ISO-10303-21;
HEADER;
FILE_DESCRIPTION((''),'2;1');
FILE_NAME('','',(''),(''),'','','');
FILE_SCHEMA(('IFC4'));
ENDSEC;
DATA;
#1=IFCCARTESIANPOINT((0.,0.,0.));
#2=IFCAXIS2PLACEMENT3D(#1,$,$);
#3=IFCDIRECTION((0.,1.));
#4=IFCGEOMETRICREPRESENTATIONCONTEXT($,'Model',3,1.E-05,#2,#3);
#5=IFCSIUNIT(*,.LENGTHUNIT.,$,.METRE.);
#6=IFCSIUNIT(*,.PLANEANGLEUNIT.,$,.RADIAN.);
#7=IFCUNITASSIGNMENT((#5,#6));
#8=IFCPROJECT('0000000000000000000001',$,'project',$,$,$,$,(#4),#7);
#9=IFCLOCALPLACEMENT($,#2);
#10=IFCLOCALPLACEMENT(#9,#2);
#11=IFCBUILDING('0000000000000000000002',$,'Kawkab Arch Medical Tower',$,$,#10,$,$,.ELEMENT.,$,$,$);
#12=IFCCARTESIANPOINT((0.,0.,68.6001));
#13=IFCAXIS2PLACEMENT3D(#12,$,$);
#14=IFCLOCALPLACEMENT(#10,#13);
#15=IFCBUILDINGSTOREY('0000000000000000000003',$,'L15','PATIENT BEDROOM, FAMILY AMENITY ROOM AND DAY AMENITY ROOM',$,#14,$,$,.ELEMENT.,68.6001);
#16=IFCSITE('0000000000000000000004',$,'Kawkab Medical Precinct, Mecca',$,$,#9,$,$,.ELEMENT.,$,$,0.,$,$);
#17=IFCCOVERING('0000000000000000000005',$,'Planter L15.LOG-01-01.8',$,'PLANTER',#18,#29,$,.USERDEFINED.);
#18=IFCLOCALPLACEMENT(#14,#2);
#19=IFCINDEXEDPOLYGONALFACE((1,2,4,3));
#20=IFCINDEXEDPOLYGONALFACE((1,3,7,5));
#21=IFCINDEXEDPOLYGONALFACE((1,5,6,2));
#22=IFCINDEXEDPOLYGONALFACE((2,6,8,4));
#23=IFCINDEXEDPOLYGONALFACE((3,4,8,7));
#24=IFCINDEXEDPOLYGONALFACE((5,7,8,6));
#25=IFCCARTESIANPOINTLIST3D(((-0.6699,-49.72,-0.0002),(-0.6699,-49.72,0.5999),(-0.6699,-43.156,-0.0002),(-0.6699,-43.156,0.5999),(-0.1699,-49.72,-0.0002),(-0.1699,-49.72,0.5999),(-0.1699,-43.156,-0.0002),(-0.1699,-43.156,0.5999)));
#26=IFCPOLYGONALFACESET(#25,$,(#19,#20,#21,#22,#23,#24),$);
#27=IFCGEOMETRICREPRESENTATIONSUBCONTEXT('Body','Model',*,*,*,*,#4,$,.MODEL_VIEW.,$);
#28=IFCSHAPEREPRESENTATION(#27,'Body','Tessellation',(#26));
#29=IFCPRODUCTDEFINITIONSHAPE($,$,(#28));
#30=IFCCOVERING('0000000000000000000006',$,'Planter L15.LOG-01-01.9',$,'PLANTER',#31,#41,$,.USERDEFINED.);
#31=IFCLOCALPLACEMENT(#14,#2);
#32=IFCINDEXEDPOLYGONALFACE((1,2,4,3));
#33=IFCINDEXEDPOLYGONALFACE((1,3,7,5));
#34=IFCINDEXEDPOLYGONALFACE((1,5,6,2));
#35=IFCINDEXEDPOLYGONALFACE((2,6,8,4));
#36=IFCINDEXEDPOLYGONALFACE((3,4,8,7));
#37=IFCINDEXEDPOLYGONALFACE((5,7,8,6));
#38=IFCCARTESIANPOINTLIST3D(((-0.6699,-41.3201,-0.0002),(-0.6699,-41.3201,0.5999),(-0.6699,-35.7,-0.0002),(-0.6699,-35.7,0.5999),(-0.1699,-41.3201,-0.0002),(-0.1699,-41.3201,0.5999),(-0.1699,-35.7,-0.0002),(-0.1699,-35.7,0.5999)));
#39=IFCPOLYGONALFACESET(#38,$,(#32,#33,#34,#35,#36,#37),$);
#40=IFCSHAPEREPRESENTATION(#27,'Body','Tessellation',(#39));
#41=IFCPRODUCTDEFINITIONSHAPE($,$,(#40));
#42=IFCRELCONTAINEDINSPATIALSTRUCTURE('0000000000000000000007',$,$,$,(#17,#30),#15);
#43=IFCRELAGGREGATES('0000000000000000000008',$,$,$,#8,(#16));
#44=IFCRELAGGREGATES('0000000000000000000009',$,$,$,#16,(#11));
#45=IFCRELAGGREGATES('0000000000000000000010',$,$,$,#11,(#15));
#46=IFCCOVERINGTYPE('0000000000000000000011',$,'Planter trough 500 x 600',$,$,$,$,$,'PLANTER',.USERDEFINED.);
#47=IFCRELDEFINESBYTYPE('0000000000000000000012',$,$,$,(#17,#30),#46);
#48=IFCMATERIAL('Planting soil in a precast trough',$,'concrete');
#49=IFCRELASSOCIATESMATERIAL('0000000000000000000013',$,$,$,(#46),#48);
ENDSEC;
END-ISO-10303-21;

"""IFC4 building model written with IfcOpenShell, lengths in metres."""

from ifc_helpers import new_model, si_unit, direction, frame, origin, origin_2d, place, context, subcontext, project, spatial, rectangle, extrude, material, material_profile, profile_set, type_object, element, save


model = new_model("IFC4")

# Units and contexts
model_context = context("Model", 3, precision=1e-05, world=origin(), true_north=direction((0.0, 1.0)))
body_context = subcontext(model_context, "Body", "Model", "MODEL_VIEW")
ifc_project = project(units=[si_unit("LENGTHUNIT", "METRE"), si_unit("PLANEANGLEUNIT", "RADIAN")], contexts=[model_context])

# Site, building, storey
site_placement = place(None, origin())
site = spatial("IfcSite", under=ifc_project, at=site_placement, Name="Kawkab Medical Precinct, Mecca", CompositionType="ELEMENT", RefElevation=0.0)
building_placement = place(site_placement, origin())
building = spatial("IfcBuilding", under=site, at=building_placement, Name="Kawkab Arch Medical Tower", CompositionType="ELEMENT")
storey_placement = place(building_placement, frame((0.0, 0.0, 68.6001)))
storey = spatial("IfcBuildingStorey", under=building, at=storey_placement, Name="L15", Description="PATIENT BEDROOM, FAMILY AMENITY ROOM AND DAY AMENITY ROOM", CompositionType="ELEMENT", Elevation=68.6001)

# Coverings
ifc_material_1 = material(Name="Planting soil in a precast trough", Category="concrete")
ifc_material_profile_1 = material_profile(ifc_material_1, rectangle(XDim=0.5, YDim=0.6001, at=origin_2d()), Name="Trough 500x600")
ifc_profile_set_1 = profile_set([ifc_material_profile_1], Name="Planting soil in a precast trough")
covering_type = type_object("IfcCoveringType", Name="Planter trough 500 x 600", ElementType="PLANTER", PredefinedType="USERDEFINED", material=ifc_profile_set_1)
covering_1_placement = place(storey_placement, frame((-0.4199, -49.72, 0.2998), z_axis=(0.0, 1.0, 0.0), x_axis=(-1.0, 0.0, 0.0)))
element("IfcCovering", 1, at=covering_1_placement, inside=storey, type_object=covering_type, Name="Planter L15.LOG-01-01.8", ObjectType="PLANTER", PredefinedType="USERDEFINED", context=body_context, shape_type="SweptSolid", body=[
    extrude(rectangle(XDim=0.5, YDim=0.6001, at=origin_2d()), origin(), (0.0, 0.0, 1.0), 6.564),
])
covering_2_placement = place(storey_placement, frame((-0.4199, -41.3201, 0.2998), z_axis=(0.0, 1.0, 0.0), x_axis=(-1.0, 0.0, 0.0)))
element("IfcCovering", 2, at=covering_2_placement, inside=storey, type_object=covering_type, Name="Planter L15.LOG-01-01.9", ObjectType="PLANTER", PredefinedType="USERDEFINED", context=body_context, shape_type="SweptSolid", body=[
    extrude(rectangle(XDim=0.5, YDim=0.6001, at=origin_2d()), origin(), (0.0, 0.0, 1.0), 5.6201),
])

save(model, "model.ifc")
